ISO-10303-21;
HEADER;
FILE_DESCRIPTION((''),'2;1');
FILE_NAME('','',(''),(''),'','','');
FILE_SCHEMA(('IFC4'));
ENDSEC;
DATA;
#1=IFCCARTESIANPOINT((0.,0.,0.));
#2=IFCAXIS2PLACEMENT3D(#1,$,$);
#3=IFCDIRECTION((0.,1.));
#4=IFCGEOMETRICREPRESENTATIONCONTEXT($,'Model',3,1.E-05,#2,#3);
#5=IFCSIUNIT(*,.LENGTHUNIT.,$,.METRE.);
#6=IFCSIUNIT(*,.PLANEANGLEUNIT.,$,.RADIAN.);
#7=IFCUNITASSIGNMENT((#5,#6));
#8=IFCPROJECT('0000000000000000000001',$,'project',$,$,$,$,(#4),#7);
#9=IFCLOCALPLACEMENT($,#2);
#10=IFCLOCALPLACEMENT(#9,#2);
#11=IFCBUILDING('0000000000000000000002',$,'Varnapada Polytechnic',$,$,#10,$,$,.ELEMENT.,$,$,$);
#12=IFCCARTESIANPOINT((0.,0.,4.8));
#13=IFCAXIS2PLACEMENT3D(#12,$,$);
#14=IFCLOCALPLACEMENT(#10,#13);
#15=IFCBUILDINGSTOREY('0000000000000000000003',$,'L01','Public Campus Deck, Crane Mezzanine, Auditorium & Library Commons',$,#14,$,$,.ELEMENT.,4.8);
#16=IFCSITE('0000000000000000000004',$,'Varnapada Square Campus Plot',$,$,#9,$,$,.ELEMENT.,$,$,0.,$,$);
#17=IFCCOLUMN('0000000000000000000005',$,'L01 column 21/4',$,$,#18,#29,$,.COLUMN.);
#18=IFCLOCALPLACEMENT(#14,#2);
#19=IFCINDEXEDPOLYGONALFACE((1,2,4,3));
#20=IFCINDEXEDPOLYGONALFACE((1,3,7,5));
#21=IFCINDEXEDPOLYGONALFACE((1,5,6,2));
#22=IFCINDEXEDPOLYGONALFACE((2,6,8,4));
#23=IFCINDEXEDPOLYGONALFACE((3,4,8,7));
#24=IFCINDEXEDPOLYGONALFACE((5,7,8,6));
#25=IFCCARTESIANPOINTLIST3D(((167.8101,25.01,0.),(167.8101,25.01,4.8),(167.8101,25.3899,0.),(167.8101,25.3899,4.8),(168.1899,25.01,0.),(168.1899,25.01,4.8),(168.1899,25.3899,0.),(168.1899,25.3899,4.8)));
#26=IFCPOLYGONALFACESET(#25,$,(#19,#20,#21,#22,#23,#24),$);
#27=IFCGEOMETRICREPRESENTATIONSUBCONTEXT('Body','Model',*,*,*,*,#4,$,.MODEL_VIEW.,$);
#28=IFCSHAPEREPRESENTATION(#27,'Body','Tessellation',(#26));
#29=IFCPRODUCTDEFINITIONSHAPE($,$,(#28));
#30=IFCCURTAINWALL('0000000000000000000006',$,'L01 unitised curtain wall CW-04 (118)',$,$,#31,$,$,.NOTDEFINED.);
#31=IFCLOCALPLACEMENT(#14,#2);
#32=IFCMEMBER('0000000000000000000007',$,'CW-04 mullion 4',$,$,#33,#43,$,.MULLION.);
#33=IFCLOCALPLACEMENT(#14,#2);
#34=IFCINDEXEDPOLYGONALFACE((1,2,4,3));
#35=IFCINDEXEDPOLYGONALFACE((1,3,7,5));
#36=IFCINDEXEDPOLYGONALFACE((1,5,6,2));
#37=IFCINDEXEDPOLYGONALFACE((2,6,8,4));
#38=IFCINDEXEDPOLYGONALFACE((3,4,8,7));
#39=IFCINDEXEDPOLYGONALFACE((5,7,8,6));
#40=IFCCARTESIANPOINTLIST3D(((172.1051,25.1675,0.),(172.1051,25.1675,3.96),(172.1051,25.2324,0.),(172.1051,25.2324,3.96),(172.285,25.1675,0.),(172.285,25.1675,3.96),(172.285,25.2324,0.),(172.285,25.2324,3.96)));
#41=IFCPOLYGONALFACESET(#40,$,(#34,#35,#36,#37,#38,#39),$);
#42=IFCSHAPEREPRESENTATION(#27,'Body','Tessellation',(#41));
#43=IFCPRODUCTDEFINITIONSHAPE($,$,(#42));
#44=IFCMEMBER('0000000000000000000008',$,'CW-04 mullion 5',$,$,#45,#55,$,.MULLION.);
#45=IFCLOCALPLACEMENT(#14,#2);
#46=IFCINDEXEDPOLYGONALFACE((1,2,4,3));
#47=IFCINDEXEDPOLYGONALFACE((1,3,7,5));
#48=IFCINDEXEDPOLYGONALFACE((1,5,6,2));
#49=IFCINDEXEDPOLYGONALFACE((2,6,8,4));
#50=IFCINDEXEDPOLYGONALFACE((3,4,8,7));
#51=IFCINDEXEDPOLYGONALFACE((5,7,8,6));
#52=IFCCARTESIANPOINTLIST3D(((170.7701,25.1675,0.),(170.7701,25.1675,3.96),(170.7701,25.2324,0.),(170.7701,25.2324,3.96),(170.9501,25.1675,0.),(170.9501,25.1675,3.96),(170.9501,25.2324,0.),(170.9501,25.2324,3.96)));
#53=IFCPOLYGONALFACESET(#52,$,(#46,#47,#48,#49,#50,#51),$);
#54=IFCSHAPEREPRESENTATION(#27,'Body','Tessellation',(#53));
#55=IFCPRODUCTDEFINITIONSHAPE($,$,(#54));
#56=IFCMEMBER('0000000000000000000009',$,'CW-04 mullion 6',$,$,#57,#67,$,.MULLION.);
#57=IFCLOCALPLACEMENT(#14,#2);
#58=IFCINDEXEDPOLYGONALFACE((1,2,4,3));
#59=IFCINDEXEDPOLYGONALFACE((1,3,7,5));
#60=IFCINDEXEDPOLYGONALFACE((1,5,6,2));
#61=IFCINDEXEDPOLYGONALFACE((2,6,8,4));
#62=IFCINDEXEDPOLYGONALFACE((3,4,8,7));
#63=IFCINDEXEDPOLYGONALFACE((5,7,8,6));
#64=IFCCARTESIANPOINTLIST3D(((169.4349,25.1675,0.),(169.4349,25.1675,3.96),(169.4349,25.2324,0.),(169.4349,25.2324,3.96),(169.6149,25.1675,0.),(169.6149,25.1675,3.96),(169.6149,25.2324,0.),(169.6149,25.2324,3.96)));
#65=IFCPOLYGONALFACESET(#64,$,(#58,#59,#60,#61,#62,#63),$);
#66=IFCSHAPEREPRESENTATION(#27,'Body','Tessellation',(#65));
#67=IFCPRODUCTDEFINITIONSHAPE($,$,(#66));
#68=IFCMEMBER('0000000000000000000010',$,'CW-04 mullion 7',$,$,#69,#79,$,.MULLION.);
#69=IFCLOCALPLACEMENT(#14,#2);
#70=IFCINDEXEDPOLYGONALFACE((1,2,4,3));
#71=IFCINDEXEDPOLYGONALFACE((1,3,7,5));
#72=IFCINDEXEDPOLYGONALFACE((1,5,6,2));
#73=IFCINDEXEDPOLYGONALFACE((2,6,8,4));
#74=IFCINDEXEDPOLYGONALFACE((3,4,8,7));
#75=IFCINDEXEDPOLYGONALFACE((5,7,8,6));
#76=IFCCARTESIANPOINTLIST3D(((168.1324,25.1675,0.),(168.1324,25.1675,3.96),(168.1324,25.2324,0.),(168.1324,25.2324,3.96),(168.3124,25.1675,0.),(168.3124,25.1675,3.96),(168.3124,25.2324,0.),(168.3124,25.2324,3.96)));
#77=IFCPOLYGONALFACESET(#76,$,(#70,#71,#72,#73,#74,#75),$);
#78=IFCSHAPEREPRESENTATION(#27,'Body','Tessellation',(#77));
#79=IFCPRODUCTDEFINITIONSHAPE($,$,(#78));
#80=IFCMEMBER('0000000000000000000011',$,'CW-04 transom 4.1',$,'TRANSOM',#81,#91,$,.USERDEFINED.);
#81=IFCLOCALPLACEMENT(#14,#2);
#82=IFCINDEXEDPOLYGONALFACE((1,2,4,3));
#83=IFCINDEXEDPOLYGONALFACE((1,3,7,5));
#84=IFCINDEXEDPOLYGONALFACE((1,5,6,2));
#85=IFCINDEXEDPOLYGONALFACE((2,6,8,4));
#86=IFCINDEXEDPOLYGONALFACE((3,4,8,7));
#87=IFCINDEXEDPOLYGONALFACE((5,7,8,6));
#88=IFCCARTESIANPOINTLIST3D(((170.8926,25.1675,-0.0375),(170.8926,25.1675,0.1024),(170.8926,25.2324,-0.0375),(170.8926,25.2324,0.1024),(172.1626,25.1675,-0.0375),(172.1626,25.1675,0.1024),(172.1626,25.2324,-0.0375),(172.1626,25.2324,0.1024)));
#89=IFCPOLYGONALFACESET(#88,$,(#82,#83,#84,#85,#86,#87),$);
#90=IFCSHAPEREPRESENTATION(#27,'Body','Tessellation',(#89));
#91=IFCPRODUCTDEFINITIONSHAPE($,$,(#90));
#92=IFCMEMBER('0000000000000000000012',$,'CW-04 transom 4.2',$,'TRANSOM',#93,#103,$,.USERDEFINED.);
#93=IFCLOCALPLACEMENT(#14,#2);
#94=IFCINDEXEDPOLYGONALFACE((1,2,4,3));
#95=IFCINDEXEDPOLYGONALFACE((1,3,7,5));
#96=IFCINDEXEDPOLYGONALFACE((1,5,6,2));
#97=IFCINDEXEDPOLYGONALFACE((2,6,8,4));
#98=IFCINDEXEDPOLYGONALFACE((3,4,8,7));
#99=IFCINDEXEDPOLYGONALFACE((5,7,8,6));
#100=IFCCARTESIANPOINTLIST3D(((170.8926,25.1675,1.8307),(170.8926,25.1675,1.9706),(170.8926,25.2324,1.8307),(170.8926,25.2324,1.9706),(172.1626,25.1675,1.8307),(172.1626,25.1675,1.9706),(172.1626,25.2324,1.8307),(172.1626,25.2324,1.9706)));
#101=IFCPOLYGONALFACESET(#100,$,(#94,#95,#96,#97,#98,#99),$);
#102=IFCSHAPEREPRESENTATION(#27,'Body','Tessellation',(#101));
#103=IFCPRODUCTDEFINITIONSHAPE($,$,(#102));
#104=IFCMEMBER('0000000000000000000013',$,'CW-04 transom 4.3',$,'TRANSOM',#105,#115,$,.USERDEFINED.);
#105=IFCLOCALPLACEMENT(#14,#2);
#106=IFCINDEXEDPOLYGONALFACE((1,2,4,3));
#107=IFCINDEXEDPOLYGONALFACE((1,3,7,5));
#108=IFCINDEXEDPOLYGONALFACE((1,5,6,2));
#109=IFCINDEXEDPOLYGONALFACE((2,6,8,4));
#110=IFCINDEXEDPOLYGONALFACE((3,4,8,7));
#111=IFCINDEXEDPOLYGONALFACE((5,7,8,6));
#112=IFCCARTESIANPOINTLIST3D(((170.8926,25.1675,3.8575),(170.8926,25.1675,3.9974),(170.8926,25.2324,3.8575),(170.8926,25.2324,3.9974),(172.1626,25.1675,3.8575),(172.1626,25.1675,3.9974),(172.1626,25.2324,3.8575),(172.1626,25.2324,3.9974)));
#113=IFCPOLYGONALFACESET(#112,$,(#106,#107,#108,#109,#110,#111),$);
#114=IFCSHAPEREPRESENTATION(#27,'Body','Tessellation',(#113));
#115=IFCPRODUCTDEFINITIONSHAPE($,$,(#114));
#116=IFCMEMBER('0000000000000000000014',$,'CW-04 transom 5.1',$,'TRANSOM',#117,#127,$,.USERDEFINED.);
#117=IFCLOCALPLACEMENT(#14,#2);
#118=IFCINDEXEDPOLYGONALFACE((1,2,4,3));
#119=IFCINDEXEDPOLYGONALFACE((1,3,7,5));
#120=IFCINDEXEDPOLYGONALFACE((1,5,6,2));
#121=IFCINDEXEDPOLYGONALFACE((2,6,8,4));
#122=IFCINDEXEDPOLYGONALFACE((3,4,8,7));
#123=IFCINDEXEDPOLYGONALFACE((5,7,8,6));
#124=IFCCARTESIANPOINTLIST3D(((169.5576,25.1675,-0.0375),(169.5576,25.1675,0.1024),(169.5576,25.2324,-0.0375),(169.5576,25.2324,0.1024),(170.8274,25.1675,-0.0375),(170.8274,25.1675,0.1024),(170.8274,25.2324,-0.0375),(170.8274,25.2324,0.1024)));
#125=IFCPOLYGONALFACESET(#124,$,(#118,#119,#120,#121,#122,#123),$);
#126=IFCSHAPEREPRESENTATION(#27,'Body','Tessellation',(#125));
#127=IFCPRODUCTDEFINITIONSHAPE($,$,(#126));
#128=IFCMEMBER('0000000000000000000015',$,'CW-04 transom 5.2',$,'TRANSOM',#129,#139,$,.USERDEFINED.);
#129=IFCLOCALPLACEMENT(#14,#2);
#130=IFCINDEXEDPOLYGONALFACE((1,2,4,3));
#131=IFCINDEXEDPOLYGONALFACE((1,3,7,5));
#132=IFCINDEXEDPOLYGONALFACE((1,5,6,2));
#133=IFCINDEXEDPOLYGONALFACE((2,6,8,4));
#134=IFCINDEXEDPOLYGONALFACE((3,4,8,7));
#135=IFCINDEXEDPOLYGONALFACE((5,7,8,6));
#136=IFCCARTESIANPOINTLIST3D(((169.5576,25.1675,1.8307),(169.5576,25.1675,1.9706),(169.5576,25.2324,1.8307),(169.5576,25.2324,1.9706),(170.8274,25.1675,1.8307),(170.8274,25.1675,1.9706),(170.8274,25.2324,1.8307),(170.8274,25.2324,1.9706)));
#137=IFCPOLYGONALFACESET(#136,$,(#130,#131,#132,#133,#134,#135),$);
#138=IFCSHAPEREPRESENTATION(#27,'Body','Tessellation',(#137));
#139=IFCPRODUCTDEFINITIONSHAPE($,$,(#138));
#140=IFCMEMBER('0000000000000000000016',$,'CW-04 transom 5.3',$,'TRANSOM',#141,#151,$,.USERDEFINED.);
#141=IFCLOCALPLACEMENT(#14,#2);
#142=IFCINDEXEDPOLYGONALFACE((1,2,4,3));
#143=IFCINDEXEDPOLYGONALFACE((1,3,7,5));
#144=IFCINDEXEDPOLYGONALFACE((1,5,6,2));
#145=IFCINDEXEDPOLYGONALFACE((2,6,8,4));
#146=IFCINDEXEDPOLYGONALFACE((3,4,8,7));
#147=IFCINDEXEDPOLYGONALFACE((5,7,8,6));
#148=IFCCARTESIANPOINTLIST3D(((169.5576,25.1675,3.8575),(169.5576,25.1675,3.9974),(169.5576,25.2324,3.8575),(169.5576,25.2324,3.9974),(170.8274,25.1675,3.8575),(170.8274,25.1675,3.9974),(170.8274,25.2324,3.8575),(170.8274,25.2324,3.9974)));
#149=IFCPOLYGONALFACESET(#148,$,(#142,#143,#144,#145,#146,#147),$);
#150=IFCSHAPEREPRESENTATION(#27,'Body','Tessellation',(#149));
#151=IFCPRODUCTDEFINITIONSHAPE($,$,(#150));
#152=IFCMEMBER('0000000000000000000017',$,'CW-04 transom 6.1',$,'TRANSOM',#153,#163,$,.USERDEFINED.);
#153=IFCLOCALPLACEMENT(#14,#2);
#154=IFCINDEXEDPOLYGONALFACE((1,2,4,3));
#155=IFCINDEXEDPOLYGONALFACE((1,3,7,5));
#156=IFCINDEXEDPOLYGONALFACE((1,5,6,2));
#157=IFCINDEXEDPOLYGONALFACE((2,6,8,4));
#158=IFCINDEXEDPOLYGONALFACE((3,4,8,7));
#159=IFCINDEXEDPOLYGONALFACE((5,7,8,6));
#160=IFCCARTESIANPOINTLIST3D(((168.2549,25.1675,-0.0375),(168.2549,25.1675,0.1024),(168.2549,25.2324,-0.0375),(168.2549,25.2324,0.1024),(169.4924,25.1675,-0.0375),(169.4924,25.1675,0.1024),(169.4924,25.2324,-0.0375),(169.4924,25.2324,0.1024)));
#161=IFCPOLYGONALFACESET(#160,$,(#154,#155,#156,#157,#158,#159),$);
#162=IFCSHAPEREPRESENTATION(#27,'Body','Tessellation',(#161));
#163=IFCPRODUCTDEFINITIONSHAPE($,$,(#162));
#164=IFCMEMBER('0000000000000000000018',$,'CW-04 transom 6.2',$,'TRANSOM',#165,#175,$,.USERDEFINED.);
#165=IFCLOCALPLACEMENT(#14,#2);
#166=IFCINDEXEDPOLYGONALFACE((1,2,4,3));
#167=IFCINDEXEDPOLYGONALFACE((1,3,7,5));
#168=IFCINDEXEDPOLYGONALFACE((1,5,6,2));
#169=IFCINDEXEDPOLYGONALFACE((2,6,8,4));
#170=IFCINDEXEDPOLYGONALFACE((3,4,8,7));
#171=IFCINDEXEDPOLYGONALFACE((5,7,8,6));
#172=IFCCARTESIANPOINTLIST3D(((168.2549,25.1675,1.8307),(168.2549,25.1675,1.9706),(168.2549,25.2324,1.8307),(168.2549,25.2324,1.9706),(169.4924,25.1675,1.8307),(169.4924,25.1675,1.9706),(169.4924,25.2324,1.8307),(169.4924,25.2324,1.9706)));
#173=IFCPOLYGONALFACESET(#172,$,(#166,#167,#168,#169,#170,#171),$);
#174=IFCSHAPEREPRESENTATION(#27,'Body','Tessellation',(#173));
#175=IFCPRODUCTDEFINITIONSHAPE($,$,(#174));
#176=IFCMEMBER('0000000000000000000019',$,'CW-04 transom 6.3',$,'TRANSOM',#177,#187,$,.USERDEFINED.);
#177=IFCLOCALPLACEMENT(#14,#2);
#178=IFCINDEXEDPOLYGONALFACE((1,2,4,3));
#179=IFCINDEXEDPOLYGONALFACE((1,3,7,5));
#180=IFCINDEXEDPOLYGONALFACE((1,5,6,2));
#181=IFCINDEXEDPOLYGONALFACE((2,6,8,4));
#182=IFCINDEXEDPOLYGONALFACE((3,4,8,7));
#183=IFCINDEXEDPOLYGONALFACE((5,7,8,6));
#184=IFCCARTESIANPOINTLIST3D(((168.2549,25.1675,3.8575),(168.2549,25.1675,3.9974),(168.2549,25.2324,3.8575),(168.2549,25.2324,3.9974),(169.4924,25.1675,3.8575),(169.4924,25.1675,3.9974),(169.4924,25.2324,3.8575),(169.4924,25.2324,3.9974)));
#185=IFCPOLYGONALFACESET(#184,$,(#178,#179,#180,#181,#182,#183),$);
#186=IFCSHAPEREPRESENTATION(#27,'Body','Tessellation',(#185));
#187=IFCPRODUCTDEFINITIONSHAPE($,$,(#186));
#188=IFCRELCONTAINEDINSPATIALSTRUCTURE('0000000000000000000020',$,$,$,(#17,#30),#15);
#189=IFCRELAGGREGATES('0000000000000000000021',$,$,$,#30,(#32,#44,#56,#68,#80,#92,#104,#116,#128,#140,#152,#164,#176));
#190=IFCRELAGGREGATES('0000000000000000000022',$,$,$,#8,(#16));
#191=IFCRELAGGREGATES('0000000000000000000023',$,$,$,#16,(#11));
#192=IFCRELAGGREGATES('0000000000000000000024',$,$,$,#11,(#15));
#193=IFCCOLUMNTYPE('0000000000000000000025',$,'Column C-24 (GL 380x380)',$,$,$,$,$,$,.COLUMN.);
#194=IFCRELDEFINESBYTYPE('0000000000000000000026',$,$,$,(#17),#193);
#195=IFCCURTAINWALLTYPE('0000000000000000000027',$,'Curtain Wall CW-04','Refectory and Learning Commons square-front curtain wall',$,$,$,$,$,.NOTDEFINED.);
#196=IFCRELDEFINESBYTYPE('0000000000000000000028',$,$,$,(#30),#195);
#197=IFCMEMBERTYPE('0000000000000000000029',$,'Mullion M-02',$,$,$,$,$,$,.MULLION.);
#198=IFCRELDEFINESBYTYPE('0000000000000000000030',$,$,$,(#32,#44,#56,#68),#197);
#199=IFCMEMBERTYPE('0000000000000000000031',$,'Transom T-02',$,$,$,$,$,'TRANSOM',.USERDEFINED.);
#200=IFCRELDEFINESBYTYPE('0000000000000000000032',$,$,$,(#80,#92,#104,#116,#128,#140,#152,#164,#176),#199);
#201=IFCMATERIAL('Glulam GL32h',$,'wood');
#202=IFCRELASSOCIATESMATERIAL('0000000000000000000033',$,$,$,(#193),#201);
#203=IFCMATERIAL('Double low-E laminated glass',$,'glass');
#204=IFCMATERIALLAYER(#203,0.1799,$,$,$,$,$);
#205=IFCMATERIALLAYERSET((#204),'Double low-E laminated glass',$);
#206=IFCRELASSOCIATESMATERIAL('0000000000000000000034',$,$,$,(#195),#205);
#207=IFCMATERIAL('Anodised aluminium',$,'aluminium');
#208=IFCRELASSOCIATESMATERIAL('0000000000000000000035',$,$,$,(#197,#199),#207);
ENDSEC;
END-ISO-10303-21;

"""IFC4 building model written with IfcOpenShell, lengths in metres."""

from ifc_helpers import new_model, si_unit, direction, frame, origin, origin_2d, place, context, subcontext, project, spatial, rectangle, extrude, material, layer, layer_set, material_profile, profile_set, type_object, element, aggregate, save


model = new_model("IFC4")

# Units and contexts
model_context = context("Model", 3, precision=1e-05, world=origin(), true_north=direction((0.0, 1.0)))
body_context = subcontext(model_context, "Body", "Model", "MODEL_VIEW")
ifc_project = project(units=[si_unit("LENGTHUNIT", "METRE"), si_unit("PLANEANGLEUNIT", "RADIAN")], contexts=[model_context])

# Site, building, storey
site_placement = place(None, origin())
site = spatial("IfcSite", under=ifc_project, at=site_placement, Name="Varnapada Square Campus Plot", CompositionType="ELEMENT", RefElevation=0.0)
building_placement = place(site_placement, origin())
building = spatial("IfcBuilding", under=site, at=building_placement, Name="Varnapada Polytechnic", CompositionType="ELEMENT")
storey_placement = place(building_placement, frame((0.0, 0.0, 4.8)))
storey = spatial("IfcBuildingStorey", under=building, at=storey_placement, Name="L01", Description="Public Campus Deck, Crane Mezzanine, Auditorium & Library Commons", CompositionType="ELEMENT", Elevation=4.8)

# Column
ifc_material_1 = material(Name="Glulam GL32h", Category="wood")
ifc_material_profile_1 = material_profile(ifc_material_1, rectangle(XDim=0.3799, YDim=0.3799, at=origin_2d()), Name="GL 380x380")
ifc_profile_set_1 = profile_set([ifc_material_profile_1], Name="Glulam GL32h")
column_type = type_object("IfcColumnType", Name="Column C-24 (GL 380x380)", PredefinedType="COLUMN", material=ifc_profile_set_1)
column_placement = place(storey_placement, frame((168.0, 25.2, 0.0), z_axis=(0.0, 0.0, 1.0), x_axis=(1.0, 0.0, 0.0)))
element("IfcColumn", 1, at=column_placement, inside=storey, type_object=column_type, Name="L01 column 21/4", PredefinedType="COLUMN", context=body_context, shape_type="SweptSolid", body=[
    extrude(rectangle(XDim=0.3799, YDim=0.3799, at=origin_2d()), origin(), (0.0, 0.0, 1.0), 4.8),
])

# Curtain wall, members
ifc_material_2 = material(Name="Double low-E laminated glass", Category="glass")
ifc_layer_1 = layer(ifc_material_2, 0.1799)
ifc_layer_set_1 = layer_set([ifc_layer_1], Name="Double low-E laminated glass")
curtain_wall_type = type_object("IfcCurtainWallType", Name="Curtain Wall CW-04", Description="Refectory and Learning Commons square-front curtain wall", PredefinedType="NOTDEFINED", material=ifc_layer_set_1)
curtain_wall_placement = place(storey_placement, origin())
curtain_wall = element("IfcCurtainWall", 2, at=curtain_wall_placement, inside=storey, type_object=curtain_wall_type, Name="L01 unitised curtain wall CW-04 (118)", PredefinedType="NOTDEFINED")
ifc_material_3 = material(Name="Anodised aluminium", Category="aluminium")
ifc_material_profile_2 = material_profile(ifc_material_3, rectangle(XDim=0.0649, YDim=0.1799, at=origin_2d()), Name="ALU M65x180")
ifc_profile_set_2 = profile_set([ifc_material_profile_2], Name="Anodised aluminium")
member_type_1 = type_object("IfcMemberType", Name="Mullion M-02", PredefinedType="MULLION", material=ifc_profile_set_2)
member_1_placement = place(storey_placement, frame((172.1951, 25.2, 0.0), z_axis=(0.0, 0.0, 1.0), x_axis=(0.0, -1.0, 0.0)))
member_1 = element("IfcMember", 3, at=member_1_placement, type_object=member_type_1, Name="CW-04 mullion 4", PredefinedType="MULLION", context=body_context, shape_type="SweptSolid", body=[
    extrude(rectangle(XDim=0.0649, YDim=0.1799, at=origin_2d()), origin(), (0.0, 0.0, 1.0), 3.96),
])
member_2_placement = place(storey_placement, frame((170.8601, 25.2, 0.0), z_axis=(0.0, 0.0, 1.0), x_axis=(0.0, -1.0, 0.0)))
member_2 = element("IfcMember", 4, at=member_2_placement, type_object=member_type_1, Name="CW-04 mullion 5", PredefinedType="MULLION", context=body_context, shape_type="SweptSolid", body=[
    extrude(rectangle(XDim=0.0649, YDim=0.1799, at=origin_2d()), origin(), (0.0, 0.0, 1.0), 3.96),
])
member_3_placement = place(storey_placement, frame((169.5249, 25.2, 0.0), z_axis=(0.0, 0.0, 1.0), x_axis=(0.0, -1.0, 0.0)))
member_3 = element("IfcMember", 5, at=member_3_placement, type_object=member_type_1, Name="CW-04 mullion 6", PredefinedType="MULLION", context=body_context, shape_type="SweptSolid", body=[
    extrude(rectangle(XDim=0.0649, YDim=0.1799, at=origin_2d()), origin(), (0.0, 0.0, 1.0), 3.96),
])
member_4_placement = place(storey_placement, frame((168.2224, 25.2, 0.0), z_axis=(0.0, 0.0, 1.0), x_axis=(0.0, -1.0, 0.0)))
member_4 = element("IfcMember", 6, at=member_4_placement, type_object=member_type_1, Name="CW-04 mullion 7", PredefinedType="MULLION", context=body_context, shape_type="SweptSolid", body=[
    extrude(rectangle(XDim=0.0649, YDim=0.1799, at=origin_2d()), origin(), (0.0, 0.0, 1.0), 3.96),
])
ifc_material_profile_3 = material_profile(ifc_material_3, rectangle(XDim=0.0649, YDim=0.1399, at=origin_2d()), Name="ALU T65x140")
ifc_profile_set_3 = profile_set([ifc_material_profile_3], Name="Anodised aluminium")
member_type_2 = type_object("IfcMemberType", Name="Transom T-02", ElementType="TRANSOM", PredefinedType="USERDEFINED", material=ifc_profile_set_3)
member_5_placement = place(storey_placement, frame((172.1626, 25.2, 0.0325), z_axis=(-1.0, 0.0, 0.0), x_axis=(0.0, -1.0, 0.0)))
member_5 = element("IfcMember", 7, at=member_5_placement, type_object=member_type_2, Name="CW-04 transom 4.1", ObjectType="TRANSOM", PredefinedType="USERDEFINED", context=body_context, shape_type="SweptSolid", body=[
    extrude(rectangle(XDim=0.0649, YDim=0.1399, at=origin_2d()), origin(), (0.0, 0.0, 1.0), 1.27),
])
member_6_placement = place(storey_placement, frame((172.1626, 25.2, 1.9006), z_axis=(-1.0, 0.0, 0.0), x_axis=(0.0, -1.0, 0.0)))
member_6 = element("IfcMember", 8, at=member_6_placement, type_object=member_type_2, Name="CW-04 transom 4.2", ObjectType="TRANSOM", PredefinedType="USERDEFINED", context=body_context, shape_type="SweptSolid", body=[
    extrude(rectangle(XDim=0.0649, YDim=0.1399, at=origin_2d()), origin(), (0.0, 0.0, 1.0), 1.27),
])
member_7_placement = place(storey_placement, frame((172.1626, 25.2, 3.9275), z_axis=(-1.0, 0.0, 0.0), x_axis=(0.0, -1.0, 0.0)))
member_7 = element("IfcMember", 9, at=member_7_placement, type_object=member_type_2, Name="CW-04 transom 4.3", ObjectType="TRANSOM", PredefinedType="USERDEFINED", context=body_context, shape_type="SweptSolid", body=[
    extrude(rectangle(XDim=0.0649, YDim=0.1399, at=origin_2d()), origin(), (0.0, 0.0, 1.0), 1.27),
])
member_8_placement = place(storey_placement, frame((170.8274, 25.2, 0.0325), z_axis=(-1.0, 0.0, 0.0), x_axis=(0.0, -1.0, 0.0)))
member_8 = element("IfcMember", 10, at=member_8_placement, type_object=member_type_2, Name="CW-04 transom 5.1", ObjectType="TRANSOM", PredefinedType="USERDEFINED", context=body_context, shape_type="SweptSolid", body=[
    extrude(rectangle(XDim=0.0649, YDim=0.1399, at=origin_2d()), origin(), (0.0, 0.0, 1.0), 1.2698),
])
member_9_placement = place(storey_placement, frame((170.8274, 25.2, 1.9006), z_axis=(-1.0, 0.0, 0.0), x_axis=(0.0, -1.0, 0.0)))
member_9 = element("IfcMember", 11, at=member_9_placement, type_object=member_type_2, Name="CW-04 transom 5.2", ObjectType="TRANSOM", PredefinedType="USERDEFINED", context=body_context, shape_type="SweptSolid", body=[
    extrude(rectangle(XDim=0.0649, YDim=0.1399, at=origin_2d()), origin(), (0.0, 0.0, 1.0), 1.2698),
])
member_10_placement = place(storey_placement, frame((170.8274, 25.2, 3.9275), z_axis=(-1.0, 0.0, 0.0), x_axis=(0.0, -1.0, 0.0)))
member_10 = element("IfcMember", 12, at=member_10_placement, type_object=member_type_2, Name="CW-04 transom 5.3", ObjectType="TRANSOM", PredefinedType="USERDEFINED", context=body_context, shape_type="SweptSolid", body=[
    extrude(rectangle(XDim=0.0649, YDim=0.1399, at=origin_2d()), origin(), (0.0, 0.0, 1.0), 1.2698),
])
member_11_placement = place(storey_placement, frame((169.4924, 25.2, 0.0325), z_axis=(-1.0, 0.0, 0.0), x_axis=(0.0, -1.0, 0.0)))
member_11 = element("IfcMember", 13, at=member_11_placement, type_object=member_type_2, Name="CW-04 transom 6.1", ObjectType="TRANSOM", PredefinedType="USERDEFINED", context=body_context, shape_type="SweptSolid", body=[
    extrude(rectangle(XDim=0.0649, YDim=0.1399, at=origin_2d()), origin(), (0.0, 0.0, 1.0), 1.2375),
])
member_12_placement = place(storey_placement, frame((169.4924, 25.2, 1.9006), z_axis=(-1.0, 0.0, 0.0), x_axis=(0.0, -1.0, 0.0)))
member_12 = element("IfcMember", 14, at=member_12_placement, type_object=member_type_2, Name="CW-04 transom 6.2", ObjectType="TRANSOM", PredefinedType="USERDEFINED", context=body_context, shape_type="SweptSolid", body=[
    extrude(rectangle(XDim=0.0649, YDim=0.1399, at=origin_2d()), origin(), (0.0, 0.0, 1.0), 1.2375),
])
member_13_placement = place(storey_placement, frame((169.4924, 25.2, 3.9275), z_axis=(-1.0, 0.0, 0.0), x_axis=(0.0, -1.0, 0.0)))
member_13 = element("IfcMember", 15, at=member_13_placement, type_object=member_type_2, Name="CW-04 transom 6.3", ObjectType="TRANSOM", PredefinedType="USERDEFINED", context=body_context, shape_type="SweptSolid", body=[
    extrude(rectangle(XDim=0.0649, YDim=0.1399, at=origin_2d()), origin(), (0.0, 0.0, 1.0), 1.2375),
])

aggregate(curtain_wall, [member_1, member_2, member_3, member_4, member_5, member_6, member_7, member_8, member_9, member_10, member_11, member_12, member_13])

save(model, "model.ifc")
